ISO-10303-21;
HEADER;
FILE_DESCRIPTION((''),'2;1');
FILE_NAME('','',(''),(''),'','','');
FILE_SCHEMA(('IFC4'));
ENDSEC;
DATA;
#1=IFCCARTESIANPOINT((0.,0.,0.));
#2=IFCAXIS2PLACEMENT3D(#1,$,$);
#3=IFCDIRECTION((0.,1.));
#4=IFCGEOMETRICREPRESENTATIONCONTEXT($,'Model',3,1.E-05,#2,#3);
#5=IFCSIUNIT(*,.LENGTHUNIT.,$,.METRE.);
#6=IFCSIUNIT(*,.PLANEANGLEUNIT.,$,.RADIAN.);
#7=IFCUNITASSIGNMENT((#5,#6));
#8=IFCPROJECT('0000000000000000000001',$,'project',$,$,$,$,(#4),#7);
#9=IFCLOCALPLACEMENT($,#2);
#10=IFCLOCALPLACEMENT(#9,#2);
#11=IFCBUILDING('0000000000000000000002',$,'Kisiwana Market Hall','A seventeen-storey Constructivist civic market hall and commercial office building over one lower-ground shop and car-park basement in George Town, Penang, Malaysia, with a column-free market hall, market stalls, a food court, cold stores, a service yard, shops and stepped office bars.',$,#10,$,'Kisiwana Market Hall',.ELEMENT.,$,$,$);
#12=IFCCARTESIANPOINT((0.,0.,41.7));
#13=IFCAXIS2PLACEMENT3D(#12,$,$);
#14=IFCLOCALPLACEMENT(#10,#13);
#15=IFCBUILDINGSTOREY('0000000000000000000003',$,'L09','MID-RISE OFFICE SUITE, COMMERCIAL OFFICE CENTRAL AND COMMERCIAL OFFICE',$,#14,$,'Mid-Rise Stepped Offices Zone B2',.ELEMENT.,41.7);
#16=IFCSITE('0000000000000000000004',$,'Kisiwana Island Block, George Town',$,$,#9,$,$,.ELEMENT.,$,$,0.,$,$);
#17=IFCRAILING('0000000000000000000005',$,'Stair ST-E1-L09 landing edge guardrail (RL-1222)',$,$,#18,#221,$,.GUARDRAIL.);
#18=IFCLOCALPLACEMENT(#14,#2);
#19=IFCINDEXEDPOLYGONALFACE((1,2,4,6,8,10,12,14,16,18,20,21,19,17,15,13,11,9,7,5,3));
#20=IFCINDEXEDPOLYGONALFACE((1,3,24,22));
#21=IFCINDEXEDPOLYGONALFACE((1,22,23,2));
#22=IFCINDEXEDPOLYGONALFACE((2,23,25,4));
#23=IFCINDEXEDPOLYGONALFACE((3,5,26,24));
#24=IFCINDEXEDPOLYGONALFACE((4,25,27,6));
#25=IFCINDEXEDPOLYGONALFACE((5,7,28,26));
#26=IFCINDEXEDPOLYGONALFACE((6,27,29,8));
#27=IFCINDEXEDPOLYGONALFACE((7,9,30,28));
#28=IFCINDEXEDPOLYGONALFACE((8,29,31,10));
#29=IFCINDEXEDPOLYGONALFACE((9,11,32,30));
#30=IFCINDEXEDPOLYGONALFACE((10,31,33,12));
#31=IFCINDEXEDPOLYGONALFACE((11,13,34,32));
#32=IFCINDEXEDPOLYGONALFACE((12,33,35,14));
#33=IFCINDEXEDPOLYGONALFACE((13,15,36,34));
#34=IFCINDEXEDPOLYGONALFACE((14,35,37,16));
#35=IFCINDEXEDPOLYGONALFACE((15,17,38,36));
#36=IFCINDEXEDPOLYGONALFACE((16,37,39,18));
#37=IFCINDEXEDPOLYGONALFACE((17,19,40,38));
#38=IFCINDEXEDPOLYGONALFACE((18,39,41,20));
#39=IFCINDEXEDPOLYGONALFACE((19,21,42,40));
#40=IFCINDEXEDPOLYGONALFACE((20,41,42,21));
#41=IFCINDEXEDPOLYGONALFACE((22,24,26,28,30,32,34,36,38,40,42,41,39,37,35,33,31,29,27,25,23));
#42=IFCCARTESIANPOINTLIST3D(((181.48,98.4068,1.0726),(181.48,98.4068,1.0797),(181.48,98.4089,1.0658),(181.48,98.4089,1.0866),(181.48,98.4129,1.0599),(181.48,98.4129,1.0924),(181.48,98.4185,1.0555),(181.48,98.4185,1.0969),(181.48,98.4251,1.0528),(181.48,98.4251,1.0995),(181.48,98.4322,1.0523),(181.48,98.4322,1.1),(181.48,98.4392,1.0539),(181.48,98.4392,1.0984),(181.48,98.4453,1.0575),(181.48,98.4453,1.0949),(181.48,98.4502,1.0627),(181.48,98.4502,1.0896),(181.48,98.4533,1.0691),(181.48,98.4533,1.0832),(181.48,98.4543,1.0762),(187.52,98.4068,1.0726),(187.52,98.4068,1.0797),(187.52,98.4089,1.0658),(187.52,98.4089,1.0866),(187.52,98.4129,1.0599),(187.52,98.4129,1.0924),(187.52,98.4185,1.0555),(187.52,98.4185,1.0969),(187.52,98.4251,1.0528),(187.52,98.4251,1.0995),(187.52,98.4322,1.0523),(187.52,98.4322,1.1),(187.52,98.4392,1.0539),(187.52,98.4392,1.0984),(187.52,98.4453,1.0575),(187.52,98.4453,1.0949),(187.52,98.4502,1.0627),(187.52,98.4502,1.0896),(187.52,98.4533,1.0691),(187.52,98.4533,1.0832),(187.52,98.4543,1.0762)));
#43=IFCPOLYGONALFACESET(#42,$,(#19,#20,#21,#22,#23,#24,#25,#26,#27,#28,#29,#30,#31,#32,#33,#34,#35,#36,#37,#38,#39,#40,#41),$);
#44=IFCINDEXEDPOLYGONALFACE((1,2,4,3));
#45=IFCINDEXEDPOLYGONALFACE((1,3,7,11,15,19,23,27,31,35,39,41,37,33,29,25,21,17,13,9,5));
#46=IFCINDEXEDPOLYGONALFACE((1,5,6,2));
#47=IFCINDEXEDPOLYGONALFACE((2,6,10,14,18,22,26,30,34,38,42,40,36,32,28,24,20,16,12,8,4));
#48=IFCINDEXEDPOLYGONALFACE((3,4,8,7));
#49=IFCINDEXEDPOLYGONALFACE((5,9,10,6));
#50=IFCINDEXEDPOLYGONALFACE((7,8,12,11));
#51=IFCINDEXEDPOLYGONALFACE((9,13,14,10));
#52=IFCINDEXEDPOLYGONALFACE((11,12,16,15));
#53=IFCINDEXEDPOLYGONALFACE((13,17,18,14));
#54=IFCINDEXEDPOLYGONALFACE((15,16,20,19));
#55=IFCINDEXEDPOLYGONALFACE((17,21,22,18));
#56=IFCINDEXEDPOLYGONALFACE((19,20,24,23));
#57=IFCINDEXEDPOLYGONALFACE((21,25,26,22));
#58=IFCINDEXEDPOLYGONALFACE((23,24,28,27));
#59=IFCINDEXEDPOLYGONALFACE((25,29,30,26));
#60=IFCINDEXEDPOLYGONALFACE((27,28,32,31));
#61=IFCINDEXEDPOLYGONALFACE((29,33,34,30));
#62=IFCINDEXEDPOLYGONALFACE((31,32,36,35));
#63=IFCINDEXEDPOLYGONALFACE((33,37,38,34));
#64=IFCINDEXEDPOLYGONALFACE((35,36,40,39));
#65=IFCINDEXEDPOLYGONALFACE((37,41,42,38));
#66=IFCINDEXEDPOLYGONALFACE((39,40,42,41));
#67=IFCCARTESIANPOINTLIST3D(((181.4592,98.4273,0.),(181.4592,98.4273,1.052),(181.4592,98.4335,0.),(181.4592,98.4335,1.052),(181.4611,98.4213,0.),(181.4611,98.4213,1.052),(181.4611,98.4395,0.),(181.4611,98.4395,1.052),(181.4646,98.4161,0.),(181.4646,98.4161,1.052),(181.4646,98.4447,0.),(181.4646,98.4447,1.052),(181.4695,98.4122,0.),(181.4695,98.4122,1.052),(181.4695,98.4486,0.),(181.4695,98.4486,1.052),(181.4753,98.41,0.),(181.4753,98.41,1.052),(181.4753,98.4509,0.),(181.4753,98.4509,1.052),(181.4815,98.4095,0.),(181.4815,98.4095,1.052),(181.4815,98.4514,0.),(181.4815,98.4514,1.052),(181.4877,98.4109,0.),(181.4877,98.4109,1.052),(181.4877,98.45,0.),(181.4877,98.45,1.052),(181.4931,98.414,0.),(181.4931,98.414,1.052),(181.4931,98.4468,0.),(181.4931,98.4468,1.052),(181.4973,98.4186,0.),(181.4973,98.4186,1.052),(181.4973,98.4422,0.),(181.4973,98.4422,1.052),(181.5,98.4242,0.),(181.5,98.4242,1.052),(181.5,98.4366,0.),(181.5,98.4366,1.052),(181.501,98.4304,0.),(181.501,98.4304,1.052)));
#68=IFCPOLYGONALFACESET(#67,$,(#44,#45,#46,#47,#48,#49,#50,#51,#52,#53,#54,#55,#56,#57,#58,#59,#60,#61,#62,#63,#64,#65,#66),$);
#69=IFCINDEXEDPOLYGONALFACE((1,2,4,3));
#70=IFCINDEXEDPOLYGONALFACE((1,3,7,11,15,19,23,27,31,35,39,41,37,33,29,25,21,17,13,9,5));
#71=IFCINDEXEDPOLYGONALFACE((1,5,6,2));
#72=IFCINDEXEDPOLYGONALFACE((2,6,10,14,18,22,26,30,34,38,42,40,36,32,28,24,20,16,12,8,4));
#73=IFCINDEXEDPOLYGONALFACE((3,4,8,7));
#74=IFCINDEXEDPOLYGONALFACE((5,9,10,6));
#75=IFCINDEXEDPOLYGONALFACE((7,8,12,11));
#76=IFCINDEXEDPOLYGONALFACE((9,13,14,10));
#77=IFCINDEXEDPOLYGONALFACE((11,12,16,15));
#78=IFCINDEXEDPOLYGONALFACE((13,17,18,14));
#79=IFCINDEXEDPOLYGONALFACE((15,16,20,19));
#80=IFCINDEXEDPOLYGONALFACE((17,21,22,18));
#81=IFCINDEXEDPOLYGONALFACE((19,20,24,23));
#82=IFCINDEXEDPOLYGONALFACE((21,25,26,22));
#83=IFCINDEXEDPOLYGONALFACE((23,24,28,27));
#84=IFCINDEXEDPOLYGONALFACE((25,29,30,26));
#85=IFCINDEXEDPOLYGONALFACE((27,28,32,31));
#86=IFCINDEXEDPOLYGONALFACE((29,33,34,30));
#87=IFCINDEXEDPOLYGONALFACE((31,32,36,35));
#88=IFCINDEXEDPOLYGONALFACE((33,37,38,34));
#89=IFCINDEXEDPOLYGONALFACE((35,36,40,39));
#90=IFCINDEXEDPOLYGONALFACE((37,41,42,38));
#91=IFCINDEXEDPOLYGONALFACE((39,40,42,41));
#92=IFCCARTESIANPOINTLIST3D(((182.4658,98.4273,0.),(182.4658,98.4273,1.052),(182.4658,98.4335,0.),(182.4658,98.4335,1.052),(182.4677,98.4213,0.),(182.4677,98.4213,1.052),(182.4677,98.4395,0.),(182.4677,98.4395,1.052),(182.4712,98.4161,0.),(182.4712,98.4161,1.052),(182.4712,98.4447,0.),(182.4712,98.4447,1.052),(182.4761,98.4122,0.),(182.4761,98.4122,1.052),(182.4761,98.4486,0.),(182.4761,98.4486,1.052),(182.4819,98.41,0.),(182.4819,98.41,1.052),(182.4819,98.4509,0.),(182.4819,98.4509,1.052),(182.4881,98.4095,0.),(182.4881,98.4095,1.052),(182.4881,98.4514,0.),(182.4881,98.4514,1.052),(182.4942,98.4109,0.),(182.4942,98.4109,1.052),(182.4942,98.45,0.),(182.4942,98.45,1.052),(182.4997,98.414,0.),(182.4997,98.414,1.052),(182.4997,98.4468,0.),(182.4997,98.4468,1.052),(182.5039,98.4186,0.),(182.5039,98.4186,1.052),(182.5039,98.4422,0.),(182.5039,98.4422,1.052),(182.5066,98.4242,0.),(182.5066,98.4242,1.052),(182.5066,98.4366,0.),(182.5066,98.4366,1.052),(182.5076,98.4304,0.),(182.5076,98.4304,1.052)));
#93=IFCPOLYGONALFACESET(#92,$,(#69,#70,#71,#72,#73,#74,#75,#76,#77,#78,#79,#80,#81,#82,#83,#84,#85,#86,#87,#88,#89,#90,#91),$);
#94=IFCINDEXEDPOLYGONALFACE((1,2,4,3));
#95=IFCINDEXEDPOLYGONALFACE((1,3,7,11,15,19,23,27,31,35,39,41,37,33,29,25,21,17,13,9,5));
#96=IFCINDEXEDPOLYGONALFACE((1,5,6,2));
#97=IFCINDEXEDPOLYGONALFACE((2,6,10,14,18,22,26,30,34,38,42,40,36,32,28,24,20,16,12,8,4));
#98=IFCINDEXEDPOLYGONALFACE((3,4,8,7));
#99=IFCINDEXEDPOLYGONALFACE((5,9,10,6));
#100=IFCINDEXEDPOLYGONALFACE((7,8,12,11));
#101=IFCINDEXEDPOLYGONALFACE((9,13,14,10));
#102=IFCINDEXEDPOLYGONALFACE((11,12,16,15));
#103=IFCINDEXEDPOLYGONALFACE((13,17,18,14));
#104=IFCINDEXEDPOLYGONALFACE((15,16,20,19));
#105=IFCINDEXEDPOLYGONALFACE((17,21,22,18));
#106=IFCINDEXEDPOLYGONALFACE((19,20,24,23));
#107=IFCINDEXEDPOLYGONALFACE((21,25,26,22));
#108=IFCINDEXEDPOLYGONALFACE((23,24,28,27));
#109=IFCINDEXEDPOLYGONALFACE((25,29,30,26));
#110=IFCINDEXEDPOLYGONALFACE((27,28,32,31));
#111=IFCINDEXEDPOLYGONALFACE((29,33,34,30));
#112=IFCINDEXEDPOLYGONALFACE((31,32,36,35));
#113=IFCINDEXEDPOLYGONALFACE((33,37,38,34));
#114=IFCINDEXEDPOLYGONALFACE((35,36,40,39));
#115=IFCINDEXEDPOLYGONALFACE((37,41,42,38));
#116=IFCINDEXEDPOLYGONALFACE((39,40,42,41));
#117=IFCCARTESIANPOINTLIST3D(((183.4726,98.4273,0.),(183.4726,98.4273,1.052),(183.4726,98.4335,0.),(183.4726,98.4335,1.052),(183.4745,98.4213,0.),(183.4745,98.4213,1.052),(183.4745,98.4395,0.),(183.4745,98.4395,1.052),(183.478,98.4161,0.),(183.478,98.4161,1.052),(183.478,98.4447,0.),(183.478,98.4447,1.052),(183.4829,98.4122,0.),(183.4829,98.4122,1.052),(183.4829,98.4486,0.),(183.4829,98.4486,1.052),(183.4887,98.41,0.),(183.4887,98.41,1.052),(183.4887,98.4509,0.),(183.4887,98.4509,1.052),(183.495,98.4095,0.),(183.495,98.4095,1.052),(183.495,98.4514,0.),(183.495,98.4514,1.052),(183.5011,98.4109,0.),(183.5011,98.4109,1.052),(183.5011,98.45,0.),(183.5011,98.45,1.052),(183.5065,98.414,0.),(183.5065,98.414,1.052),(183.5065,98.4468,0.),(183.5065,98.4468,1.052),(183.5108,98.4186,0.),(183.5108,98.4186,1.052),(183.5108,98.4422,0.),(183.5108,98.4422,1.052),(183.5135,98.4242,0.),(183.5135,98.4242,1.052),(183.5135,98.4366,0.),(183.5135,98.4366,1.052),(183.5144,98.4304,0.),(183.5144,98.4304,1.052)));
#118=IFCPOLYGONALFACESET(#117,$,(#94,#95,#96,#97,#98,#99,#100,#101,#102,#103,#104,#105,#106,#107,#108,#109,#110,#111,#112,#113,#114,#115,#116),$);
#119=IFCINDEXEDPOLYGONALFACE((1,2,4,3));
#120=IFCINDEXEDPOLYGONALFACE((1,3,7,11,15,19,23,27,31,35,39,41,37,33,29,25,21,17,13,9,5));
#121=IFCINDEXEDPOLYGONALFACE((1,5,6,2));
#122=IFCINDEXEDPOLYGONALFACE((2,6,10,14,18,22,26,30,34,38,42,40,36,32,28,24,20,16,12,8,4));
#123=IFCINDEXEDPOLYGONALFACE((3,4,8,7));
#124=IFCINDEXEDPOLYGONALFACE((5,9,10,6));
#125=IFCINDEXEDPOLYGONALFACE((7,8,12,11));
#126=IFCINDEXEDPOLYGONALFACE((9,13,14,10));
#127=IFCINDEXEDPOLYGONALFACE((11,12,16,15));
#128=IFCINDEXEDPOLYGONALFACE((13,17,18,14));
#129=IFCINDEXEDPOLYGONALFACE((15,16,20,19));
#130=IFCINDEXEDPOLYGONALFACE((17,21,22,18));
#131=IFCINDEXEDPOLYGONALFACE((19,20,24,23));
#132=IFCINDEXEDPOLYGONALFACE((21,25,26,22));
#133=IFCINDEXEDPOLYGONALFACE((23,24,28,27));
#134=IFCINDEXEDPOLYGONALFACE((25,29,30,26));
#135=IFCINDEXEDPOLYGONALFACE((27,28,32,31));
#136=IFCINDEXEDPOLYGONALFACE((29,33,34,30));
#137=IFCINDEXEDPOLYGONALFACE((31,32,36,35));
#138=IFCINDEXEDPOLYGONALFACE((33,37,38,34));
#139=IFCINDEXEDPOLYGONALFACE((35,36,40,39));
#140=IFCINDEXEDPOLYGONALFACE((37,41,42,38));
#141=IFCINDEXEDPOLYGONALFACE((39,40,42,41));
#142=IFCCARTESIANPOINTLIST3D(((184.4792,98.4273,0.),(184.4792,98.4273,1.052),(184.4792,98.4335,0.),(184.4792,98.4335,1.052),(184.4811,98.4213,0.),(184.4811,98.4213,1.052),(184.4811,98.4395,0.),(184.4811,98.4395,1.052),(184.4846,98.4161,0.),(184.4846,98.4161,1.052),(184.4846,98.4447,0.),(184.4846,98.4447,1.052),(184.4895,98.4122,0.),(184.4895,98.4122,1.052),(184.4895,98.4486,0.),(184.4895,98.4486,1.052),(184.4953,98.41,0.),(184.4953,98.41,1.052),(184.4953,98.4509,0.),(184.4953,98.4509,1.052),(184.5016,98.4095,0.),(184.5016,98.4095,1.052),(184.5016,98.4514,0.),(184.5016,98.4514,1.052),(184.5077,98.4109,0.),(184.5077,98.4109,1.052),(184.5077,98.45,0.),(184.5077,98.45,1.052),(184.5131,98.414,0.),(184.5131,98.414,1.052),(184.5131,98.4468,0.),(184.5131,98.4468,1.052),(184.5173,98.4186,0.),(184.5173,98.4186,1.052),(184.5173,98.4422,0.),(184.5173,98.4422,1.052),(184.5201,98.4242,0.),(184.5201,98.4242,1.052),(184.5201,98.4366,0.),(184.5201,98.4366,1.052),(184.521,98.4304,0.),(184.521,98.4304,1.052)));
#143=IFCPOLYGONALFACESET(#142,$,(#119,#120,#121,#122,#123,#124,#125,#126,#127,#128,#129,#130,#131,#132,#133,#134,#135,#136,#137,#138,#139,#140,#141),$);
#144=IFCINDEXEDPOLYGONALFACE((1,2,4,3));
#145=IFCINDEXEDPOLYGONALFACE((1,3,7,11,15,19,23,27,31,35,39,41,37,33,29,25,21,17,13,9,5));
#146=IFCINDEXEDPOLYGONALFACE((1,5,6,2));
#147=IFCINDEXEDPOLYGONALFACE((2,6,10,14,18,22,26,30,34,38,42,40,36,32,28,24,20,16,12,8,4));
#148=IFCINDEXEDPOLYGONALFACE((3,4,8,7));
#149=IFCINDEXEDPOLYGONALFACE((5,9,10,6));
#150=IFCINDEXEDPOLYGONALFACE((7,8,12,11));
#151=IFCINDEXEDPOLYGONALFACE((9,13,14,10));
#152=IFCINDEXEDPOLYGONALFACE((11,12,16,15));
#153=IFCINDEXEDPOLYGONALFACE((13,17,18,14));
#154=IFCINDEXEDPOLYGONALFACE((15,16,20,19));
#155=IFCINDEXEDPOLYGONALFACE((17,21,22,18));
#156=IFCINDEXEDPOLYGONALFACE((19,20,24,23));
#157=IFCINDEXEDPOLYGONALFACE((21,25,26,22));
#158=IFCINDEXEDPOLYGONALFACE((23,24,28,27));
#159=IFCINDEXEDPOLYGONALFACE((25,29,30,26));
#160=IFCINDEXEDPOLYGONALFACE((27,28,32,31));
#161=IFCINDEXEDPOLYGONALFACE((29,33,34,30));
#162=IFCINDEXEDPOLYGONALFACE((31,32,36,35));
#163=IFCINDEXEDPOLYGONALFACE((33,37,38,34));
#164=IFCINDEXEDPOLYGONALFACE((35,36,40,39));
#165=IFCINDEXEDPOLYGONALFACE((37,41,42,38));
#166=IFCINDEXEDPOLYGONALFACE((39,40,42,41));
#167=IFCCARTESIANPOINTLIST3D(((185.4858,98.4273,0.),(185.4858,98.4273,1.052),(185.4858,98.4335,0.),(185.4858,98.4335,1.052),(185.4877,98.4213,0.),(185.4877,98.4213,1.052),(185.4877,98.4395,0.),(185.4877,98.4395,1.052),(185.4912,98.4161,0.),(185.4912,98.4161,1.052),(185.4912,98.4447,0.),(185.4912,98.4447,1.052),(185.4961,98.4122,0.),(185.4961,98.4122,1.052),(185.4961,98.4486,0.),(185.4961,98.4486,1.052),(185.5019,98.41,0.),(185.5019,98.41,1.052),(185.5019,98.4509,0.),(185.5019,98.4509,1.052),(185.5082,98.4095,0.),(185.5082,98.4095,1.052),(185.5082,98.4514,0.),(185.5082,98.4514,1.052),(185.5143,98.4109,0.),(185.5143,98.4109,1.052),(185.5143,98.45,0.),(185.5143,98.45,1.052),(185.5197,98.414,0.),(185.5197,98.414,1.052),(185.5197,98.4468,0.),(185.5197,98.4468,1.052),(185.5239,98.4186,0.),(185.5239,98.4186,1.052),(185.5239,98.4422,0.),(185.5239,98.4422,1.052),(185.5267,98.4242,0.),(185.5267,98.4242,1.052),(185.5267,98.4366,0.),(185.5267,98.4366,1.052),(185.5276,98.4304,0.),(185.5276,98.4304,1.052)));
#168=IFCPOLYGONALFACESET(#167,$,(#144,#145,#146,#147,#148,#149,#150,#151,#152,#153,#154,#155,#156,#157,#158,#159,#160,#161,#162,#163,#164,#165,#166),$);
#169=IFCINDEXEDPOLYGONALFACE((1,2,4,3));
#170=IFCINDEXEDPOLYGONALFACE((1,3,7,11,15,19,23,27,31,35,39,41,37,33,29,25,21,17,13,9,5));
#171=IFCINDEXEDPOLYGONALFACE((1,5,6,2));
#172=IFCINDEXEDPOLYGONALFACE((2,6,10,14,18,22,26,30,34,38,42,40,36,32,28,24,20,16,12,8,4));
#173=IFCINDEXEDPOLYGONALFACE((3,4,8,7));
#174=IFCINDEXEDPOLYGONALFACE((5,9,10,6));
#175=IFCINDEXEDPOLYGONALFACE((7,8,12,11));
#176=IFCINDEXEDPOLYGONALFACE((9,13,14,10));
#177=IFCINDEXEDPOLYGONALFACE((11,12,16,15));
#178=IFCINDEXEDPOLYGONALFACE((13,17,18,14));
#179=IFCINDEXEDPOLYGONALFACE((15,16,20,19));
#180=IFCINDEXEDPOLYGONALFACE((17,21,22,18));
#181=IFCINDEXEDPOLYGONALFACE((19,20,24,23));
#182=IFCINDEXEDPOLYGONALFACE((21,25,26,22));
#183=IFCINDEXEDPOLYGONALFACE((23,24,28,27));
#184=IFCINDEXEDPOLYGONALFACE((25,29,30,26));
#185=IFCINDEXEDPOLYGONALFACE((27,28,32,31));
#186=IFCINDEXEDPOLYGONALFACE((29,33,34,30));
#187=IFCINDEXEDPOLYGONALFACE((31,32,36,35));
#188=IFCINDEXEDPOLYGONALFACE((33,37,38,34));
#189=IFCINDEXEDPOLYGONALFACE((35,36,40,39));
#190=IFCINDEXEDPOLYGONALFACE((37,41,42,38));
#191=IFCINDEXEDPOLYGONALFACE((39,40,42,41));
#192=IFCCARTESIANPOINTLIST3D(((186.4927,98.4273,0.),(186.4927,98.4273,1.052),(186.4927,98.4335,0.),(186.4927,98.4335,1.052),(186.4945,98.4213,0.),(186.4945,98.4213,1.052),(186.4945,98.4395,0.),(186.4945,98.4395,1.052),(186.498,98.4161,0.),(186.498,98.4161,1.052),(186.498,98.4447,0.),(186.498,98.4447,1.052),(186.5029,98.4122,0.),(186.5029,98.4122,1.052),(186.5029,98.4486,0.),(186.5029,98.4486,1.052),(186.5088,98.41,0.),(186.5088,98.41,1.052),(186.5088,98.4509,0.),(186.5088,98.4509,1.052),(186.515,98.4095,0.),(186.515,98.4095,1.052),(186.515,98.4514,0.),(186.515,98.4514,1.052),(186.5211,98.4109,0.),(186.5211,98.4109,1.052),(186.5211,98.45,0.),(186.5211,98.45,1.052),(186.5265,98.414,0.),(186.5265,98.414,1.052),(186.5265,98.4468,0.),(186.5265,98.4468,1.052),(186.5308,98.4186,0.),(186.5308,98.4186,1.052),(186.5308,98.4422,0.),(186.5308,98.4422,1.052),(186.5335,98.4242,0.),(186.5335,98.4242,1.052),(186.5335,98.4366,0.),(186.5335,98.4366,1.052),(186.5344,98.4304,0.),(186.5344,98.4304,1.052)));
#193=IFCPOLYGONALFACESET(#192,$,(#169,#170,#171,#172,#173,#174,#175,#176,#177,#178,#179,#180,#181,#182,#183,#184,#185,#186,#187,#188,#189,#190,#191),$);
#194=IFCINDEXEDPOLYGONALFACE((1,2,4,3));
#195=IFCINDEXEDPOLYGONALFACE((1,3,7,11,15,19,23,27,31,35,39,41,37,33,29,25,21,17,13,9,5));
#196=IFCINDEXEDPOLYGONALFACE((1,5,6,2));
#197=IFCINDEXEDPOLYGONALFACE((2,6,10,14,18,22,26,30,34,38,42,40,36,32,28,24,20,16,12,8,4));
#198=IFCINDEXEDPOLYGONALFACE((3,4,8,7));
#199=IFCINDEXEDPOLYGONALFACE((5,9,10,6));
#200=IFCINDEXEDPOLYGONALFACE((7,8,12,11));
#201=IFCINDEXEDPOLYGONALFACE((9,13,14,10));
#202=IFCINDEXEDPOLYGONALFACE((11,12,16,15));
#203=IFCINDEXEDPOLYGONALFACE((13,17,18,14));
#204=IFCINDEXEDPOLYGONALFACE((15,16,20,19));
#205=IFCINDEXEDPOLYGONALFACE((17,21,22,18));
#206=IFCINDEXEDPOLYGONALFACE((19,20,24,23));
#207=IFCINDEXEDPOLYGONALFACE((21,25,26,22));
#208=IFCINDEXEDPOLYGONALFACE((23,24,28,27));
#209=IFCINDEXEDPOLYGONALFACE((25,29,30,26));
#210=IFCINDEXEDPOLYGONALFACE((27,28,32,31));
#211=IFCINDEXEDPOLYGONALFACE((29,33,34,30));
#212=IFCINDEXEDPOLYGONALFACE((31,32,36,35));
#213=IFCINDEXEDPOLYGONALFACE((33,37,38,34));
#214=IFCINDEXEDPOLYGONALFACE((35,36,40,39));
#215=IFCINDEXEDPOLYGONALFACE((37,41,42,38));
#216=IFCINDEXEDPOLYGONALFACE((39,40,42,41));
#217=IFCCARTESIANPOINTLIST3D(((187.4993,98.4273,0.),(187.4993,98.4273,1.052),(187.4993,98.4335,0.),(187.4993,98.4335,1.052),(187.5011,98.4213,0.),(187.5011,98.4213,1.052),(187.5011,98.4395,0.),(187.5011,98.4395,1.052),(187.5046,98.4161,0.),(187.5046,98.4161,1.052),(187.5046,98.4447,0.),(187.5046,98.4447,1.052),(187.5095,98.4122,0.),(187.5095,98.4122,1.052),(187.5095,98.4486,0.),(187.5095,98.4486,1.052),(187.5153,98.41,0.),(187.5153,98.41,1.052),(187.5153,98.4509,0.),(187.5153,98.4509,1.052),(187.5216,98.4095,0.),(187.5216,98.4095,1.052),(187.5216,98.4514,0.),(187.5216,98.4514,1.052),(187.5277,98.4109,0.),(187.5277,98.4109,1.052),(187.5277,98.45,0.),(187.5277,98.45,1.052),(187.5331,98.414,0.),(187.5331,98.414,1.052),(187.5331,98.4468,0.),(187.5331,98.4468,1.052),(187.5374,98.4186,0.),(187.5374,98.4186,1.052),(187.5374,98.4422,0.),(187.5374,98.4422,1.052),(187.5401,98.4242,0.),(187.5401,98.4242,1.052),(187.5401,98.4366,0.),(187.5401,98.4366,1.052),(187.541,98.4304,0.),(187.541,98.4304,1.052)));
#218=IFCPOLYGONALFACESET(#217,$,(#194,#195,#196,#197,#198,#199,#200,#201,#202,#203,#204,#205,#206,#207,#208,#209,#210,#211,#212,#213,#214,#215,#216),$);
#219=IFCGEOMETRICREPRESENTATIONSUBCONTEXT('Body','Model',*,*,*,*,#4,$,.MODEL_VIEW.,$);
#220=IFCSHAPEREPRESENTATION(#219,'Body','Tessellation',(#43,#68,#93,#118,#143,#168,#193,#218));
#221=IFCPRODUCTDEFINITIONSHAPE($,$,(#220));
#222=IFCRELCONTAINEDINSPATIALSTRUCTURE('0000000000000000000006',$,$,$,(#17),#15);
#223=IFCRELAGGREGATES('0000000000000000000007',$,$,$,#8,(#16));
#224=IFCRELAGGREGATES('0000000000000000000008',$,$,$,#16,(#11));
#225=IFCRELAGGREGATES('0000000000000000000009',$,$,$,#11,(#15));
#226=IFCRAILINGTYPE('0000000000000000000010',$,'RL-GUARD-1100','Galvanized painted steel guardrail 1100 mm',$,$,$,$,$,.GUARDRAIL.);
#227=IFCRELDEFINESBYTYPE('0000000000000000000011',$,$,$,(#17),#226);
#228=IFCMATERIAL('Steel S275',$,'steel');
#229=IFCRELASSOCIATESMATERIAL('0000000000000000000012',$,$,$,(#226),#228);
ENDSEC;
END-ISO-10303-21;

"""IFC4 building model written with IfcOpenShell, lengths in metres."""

from ifc_helpers import new_model, si_unit, direction, frame, origin, origin_2d, place, context, subcontext, project, spatial, circle, extrude, material, type_object, element, save


model = new_model("IFC4")

# Units and contexts
model_context = context("Model", 3, precision=1e-05, world=origin(), true_north=direction((0.0, 1.0)))
body_context = subcontext(model_context, "Body", "Model", "MODEL_VIEW")
ifc_project = project(units=[si_unit("LENGTHUNIT", "METRE"), si_unit("PLANEANGLEUNIT", "RADIAN")], contexts=[model_context])

# Site, building, storey
site_placement = place(None, origin())
site = spatial("IfcSite", under=ifc_project, at=site_placement, Name="Kisiwana Island Block, George Town", CompositionType="ELEMENT", RefElevation=0.0)
building_placement = place(site_placement, origin())
building = spatial("IfcBuilding", under=site, at=building_placement, Name="Kisiwana Market Hall", Description="A seventeen-storey Constructivist civic market hall and commercial office building over one lower-ground shop and car-park basement in George Town, Penang, Malaysia, with a column-free market hall, market stalls, a food court, cold stores, a service yard, shops and stepped office bars.", LongName="Kisiwana Market Hall", CompositionType="ELEMENT")
storey_placement = place(building_placement, frame((0.0, 0.0, 41.7)))
storey = spatial("IfcBuildingStorey", under=building, at=storey_placement, Name="L09", Description="MID-RISE OFFICE SUITE, COMMERCIAL OFFICE CENTRAL AND COMMERCIAL OFFICE", LongName="Mid-Rise Stepped Offices Zone B2", CompositionType="ELEMENT", Elevation=41.7)

# Railing
ifc_material_1 = material(Name="Steel S275", Category="steel")
railing_type = type_object("IfcRailingType", Name="RL-GUARD-1100", Description="Galvanized painted steel guardrail 1100 mm", PredefinedType="GUARDRAIL", material=ifc_material_1)
railing_1_placement = place(storey_placement, frame((181.48, 98.4304, 0.0)))
element("IfcRailing", 1, at=railing_1_placement, inside=storey, type_object=railing_type, Name="Stair ST-E1-L09 landing edge guardrail (RL-1222)", PredefinedType="GUARDRAIL", context=body_context, shape_type="SweptSolid", body=[
    extrude(circle(Radius=0.0239, at=origin_2d()), frame((0.0, 0.0, 1.0762), z_axis=(1.0, 0.0, 0.0), x_axis=(0.0, 1.0, 0.0)), (0.0, 0.0, 1.0), 6.04),
    extrude(circle(Radius=0.021, at=origin_2d()), origin(), (0.0, 0.0, 1.0), 1.052),
    extrude(circle(Radius=0.021, at=origin_2d()), frame((1.0066, 0.0, 0.0)), (0.0, 0.0, 1.0), 1.052),
    extrude(circle(Radius=0.021, at=origin_2d()), frame((2.0134, 0.0, 0.0)), (0.0, 0.0, 1.0), 1.052),
    extrude(circle(Radius=0.021, at=origin_2d()), frame((3.02, 0.0, 0.0)), (0.0, 0.0, 1.0), 1.052),
    extrude(circle(Radius=0.021, at=origin_2d()), frame((4.0266, 0.0, 0.0)), (0.0, 0.0, 1.0), 1.052),
    extrude(circle(Radius=0.021, at=origin_2d()), frame((5.0334, 0.0, 0.0)), (0.0, 0.0, 1.0), 1.052),
    extrude(circle(Radius=0.021, at=origin_2d()), frame((6.04, 0.0, 0.0)), (0.0, 0.0, 1.0), 1.052),
])

save(model, "model.ifc")
